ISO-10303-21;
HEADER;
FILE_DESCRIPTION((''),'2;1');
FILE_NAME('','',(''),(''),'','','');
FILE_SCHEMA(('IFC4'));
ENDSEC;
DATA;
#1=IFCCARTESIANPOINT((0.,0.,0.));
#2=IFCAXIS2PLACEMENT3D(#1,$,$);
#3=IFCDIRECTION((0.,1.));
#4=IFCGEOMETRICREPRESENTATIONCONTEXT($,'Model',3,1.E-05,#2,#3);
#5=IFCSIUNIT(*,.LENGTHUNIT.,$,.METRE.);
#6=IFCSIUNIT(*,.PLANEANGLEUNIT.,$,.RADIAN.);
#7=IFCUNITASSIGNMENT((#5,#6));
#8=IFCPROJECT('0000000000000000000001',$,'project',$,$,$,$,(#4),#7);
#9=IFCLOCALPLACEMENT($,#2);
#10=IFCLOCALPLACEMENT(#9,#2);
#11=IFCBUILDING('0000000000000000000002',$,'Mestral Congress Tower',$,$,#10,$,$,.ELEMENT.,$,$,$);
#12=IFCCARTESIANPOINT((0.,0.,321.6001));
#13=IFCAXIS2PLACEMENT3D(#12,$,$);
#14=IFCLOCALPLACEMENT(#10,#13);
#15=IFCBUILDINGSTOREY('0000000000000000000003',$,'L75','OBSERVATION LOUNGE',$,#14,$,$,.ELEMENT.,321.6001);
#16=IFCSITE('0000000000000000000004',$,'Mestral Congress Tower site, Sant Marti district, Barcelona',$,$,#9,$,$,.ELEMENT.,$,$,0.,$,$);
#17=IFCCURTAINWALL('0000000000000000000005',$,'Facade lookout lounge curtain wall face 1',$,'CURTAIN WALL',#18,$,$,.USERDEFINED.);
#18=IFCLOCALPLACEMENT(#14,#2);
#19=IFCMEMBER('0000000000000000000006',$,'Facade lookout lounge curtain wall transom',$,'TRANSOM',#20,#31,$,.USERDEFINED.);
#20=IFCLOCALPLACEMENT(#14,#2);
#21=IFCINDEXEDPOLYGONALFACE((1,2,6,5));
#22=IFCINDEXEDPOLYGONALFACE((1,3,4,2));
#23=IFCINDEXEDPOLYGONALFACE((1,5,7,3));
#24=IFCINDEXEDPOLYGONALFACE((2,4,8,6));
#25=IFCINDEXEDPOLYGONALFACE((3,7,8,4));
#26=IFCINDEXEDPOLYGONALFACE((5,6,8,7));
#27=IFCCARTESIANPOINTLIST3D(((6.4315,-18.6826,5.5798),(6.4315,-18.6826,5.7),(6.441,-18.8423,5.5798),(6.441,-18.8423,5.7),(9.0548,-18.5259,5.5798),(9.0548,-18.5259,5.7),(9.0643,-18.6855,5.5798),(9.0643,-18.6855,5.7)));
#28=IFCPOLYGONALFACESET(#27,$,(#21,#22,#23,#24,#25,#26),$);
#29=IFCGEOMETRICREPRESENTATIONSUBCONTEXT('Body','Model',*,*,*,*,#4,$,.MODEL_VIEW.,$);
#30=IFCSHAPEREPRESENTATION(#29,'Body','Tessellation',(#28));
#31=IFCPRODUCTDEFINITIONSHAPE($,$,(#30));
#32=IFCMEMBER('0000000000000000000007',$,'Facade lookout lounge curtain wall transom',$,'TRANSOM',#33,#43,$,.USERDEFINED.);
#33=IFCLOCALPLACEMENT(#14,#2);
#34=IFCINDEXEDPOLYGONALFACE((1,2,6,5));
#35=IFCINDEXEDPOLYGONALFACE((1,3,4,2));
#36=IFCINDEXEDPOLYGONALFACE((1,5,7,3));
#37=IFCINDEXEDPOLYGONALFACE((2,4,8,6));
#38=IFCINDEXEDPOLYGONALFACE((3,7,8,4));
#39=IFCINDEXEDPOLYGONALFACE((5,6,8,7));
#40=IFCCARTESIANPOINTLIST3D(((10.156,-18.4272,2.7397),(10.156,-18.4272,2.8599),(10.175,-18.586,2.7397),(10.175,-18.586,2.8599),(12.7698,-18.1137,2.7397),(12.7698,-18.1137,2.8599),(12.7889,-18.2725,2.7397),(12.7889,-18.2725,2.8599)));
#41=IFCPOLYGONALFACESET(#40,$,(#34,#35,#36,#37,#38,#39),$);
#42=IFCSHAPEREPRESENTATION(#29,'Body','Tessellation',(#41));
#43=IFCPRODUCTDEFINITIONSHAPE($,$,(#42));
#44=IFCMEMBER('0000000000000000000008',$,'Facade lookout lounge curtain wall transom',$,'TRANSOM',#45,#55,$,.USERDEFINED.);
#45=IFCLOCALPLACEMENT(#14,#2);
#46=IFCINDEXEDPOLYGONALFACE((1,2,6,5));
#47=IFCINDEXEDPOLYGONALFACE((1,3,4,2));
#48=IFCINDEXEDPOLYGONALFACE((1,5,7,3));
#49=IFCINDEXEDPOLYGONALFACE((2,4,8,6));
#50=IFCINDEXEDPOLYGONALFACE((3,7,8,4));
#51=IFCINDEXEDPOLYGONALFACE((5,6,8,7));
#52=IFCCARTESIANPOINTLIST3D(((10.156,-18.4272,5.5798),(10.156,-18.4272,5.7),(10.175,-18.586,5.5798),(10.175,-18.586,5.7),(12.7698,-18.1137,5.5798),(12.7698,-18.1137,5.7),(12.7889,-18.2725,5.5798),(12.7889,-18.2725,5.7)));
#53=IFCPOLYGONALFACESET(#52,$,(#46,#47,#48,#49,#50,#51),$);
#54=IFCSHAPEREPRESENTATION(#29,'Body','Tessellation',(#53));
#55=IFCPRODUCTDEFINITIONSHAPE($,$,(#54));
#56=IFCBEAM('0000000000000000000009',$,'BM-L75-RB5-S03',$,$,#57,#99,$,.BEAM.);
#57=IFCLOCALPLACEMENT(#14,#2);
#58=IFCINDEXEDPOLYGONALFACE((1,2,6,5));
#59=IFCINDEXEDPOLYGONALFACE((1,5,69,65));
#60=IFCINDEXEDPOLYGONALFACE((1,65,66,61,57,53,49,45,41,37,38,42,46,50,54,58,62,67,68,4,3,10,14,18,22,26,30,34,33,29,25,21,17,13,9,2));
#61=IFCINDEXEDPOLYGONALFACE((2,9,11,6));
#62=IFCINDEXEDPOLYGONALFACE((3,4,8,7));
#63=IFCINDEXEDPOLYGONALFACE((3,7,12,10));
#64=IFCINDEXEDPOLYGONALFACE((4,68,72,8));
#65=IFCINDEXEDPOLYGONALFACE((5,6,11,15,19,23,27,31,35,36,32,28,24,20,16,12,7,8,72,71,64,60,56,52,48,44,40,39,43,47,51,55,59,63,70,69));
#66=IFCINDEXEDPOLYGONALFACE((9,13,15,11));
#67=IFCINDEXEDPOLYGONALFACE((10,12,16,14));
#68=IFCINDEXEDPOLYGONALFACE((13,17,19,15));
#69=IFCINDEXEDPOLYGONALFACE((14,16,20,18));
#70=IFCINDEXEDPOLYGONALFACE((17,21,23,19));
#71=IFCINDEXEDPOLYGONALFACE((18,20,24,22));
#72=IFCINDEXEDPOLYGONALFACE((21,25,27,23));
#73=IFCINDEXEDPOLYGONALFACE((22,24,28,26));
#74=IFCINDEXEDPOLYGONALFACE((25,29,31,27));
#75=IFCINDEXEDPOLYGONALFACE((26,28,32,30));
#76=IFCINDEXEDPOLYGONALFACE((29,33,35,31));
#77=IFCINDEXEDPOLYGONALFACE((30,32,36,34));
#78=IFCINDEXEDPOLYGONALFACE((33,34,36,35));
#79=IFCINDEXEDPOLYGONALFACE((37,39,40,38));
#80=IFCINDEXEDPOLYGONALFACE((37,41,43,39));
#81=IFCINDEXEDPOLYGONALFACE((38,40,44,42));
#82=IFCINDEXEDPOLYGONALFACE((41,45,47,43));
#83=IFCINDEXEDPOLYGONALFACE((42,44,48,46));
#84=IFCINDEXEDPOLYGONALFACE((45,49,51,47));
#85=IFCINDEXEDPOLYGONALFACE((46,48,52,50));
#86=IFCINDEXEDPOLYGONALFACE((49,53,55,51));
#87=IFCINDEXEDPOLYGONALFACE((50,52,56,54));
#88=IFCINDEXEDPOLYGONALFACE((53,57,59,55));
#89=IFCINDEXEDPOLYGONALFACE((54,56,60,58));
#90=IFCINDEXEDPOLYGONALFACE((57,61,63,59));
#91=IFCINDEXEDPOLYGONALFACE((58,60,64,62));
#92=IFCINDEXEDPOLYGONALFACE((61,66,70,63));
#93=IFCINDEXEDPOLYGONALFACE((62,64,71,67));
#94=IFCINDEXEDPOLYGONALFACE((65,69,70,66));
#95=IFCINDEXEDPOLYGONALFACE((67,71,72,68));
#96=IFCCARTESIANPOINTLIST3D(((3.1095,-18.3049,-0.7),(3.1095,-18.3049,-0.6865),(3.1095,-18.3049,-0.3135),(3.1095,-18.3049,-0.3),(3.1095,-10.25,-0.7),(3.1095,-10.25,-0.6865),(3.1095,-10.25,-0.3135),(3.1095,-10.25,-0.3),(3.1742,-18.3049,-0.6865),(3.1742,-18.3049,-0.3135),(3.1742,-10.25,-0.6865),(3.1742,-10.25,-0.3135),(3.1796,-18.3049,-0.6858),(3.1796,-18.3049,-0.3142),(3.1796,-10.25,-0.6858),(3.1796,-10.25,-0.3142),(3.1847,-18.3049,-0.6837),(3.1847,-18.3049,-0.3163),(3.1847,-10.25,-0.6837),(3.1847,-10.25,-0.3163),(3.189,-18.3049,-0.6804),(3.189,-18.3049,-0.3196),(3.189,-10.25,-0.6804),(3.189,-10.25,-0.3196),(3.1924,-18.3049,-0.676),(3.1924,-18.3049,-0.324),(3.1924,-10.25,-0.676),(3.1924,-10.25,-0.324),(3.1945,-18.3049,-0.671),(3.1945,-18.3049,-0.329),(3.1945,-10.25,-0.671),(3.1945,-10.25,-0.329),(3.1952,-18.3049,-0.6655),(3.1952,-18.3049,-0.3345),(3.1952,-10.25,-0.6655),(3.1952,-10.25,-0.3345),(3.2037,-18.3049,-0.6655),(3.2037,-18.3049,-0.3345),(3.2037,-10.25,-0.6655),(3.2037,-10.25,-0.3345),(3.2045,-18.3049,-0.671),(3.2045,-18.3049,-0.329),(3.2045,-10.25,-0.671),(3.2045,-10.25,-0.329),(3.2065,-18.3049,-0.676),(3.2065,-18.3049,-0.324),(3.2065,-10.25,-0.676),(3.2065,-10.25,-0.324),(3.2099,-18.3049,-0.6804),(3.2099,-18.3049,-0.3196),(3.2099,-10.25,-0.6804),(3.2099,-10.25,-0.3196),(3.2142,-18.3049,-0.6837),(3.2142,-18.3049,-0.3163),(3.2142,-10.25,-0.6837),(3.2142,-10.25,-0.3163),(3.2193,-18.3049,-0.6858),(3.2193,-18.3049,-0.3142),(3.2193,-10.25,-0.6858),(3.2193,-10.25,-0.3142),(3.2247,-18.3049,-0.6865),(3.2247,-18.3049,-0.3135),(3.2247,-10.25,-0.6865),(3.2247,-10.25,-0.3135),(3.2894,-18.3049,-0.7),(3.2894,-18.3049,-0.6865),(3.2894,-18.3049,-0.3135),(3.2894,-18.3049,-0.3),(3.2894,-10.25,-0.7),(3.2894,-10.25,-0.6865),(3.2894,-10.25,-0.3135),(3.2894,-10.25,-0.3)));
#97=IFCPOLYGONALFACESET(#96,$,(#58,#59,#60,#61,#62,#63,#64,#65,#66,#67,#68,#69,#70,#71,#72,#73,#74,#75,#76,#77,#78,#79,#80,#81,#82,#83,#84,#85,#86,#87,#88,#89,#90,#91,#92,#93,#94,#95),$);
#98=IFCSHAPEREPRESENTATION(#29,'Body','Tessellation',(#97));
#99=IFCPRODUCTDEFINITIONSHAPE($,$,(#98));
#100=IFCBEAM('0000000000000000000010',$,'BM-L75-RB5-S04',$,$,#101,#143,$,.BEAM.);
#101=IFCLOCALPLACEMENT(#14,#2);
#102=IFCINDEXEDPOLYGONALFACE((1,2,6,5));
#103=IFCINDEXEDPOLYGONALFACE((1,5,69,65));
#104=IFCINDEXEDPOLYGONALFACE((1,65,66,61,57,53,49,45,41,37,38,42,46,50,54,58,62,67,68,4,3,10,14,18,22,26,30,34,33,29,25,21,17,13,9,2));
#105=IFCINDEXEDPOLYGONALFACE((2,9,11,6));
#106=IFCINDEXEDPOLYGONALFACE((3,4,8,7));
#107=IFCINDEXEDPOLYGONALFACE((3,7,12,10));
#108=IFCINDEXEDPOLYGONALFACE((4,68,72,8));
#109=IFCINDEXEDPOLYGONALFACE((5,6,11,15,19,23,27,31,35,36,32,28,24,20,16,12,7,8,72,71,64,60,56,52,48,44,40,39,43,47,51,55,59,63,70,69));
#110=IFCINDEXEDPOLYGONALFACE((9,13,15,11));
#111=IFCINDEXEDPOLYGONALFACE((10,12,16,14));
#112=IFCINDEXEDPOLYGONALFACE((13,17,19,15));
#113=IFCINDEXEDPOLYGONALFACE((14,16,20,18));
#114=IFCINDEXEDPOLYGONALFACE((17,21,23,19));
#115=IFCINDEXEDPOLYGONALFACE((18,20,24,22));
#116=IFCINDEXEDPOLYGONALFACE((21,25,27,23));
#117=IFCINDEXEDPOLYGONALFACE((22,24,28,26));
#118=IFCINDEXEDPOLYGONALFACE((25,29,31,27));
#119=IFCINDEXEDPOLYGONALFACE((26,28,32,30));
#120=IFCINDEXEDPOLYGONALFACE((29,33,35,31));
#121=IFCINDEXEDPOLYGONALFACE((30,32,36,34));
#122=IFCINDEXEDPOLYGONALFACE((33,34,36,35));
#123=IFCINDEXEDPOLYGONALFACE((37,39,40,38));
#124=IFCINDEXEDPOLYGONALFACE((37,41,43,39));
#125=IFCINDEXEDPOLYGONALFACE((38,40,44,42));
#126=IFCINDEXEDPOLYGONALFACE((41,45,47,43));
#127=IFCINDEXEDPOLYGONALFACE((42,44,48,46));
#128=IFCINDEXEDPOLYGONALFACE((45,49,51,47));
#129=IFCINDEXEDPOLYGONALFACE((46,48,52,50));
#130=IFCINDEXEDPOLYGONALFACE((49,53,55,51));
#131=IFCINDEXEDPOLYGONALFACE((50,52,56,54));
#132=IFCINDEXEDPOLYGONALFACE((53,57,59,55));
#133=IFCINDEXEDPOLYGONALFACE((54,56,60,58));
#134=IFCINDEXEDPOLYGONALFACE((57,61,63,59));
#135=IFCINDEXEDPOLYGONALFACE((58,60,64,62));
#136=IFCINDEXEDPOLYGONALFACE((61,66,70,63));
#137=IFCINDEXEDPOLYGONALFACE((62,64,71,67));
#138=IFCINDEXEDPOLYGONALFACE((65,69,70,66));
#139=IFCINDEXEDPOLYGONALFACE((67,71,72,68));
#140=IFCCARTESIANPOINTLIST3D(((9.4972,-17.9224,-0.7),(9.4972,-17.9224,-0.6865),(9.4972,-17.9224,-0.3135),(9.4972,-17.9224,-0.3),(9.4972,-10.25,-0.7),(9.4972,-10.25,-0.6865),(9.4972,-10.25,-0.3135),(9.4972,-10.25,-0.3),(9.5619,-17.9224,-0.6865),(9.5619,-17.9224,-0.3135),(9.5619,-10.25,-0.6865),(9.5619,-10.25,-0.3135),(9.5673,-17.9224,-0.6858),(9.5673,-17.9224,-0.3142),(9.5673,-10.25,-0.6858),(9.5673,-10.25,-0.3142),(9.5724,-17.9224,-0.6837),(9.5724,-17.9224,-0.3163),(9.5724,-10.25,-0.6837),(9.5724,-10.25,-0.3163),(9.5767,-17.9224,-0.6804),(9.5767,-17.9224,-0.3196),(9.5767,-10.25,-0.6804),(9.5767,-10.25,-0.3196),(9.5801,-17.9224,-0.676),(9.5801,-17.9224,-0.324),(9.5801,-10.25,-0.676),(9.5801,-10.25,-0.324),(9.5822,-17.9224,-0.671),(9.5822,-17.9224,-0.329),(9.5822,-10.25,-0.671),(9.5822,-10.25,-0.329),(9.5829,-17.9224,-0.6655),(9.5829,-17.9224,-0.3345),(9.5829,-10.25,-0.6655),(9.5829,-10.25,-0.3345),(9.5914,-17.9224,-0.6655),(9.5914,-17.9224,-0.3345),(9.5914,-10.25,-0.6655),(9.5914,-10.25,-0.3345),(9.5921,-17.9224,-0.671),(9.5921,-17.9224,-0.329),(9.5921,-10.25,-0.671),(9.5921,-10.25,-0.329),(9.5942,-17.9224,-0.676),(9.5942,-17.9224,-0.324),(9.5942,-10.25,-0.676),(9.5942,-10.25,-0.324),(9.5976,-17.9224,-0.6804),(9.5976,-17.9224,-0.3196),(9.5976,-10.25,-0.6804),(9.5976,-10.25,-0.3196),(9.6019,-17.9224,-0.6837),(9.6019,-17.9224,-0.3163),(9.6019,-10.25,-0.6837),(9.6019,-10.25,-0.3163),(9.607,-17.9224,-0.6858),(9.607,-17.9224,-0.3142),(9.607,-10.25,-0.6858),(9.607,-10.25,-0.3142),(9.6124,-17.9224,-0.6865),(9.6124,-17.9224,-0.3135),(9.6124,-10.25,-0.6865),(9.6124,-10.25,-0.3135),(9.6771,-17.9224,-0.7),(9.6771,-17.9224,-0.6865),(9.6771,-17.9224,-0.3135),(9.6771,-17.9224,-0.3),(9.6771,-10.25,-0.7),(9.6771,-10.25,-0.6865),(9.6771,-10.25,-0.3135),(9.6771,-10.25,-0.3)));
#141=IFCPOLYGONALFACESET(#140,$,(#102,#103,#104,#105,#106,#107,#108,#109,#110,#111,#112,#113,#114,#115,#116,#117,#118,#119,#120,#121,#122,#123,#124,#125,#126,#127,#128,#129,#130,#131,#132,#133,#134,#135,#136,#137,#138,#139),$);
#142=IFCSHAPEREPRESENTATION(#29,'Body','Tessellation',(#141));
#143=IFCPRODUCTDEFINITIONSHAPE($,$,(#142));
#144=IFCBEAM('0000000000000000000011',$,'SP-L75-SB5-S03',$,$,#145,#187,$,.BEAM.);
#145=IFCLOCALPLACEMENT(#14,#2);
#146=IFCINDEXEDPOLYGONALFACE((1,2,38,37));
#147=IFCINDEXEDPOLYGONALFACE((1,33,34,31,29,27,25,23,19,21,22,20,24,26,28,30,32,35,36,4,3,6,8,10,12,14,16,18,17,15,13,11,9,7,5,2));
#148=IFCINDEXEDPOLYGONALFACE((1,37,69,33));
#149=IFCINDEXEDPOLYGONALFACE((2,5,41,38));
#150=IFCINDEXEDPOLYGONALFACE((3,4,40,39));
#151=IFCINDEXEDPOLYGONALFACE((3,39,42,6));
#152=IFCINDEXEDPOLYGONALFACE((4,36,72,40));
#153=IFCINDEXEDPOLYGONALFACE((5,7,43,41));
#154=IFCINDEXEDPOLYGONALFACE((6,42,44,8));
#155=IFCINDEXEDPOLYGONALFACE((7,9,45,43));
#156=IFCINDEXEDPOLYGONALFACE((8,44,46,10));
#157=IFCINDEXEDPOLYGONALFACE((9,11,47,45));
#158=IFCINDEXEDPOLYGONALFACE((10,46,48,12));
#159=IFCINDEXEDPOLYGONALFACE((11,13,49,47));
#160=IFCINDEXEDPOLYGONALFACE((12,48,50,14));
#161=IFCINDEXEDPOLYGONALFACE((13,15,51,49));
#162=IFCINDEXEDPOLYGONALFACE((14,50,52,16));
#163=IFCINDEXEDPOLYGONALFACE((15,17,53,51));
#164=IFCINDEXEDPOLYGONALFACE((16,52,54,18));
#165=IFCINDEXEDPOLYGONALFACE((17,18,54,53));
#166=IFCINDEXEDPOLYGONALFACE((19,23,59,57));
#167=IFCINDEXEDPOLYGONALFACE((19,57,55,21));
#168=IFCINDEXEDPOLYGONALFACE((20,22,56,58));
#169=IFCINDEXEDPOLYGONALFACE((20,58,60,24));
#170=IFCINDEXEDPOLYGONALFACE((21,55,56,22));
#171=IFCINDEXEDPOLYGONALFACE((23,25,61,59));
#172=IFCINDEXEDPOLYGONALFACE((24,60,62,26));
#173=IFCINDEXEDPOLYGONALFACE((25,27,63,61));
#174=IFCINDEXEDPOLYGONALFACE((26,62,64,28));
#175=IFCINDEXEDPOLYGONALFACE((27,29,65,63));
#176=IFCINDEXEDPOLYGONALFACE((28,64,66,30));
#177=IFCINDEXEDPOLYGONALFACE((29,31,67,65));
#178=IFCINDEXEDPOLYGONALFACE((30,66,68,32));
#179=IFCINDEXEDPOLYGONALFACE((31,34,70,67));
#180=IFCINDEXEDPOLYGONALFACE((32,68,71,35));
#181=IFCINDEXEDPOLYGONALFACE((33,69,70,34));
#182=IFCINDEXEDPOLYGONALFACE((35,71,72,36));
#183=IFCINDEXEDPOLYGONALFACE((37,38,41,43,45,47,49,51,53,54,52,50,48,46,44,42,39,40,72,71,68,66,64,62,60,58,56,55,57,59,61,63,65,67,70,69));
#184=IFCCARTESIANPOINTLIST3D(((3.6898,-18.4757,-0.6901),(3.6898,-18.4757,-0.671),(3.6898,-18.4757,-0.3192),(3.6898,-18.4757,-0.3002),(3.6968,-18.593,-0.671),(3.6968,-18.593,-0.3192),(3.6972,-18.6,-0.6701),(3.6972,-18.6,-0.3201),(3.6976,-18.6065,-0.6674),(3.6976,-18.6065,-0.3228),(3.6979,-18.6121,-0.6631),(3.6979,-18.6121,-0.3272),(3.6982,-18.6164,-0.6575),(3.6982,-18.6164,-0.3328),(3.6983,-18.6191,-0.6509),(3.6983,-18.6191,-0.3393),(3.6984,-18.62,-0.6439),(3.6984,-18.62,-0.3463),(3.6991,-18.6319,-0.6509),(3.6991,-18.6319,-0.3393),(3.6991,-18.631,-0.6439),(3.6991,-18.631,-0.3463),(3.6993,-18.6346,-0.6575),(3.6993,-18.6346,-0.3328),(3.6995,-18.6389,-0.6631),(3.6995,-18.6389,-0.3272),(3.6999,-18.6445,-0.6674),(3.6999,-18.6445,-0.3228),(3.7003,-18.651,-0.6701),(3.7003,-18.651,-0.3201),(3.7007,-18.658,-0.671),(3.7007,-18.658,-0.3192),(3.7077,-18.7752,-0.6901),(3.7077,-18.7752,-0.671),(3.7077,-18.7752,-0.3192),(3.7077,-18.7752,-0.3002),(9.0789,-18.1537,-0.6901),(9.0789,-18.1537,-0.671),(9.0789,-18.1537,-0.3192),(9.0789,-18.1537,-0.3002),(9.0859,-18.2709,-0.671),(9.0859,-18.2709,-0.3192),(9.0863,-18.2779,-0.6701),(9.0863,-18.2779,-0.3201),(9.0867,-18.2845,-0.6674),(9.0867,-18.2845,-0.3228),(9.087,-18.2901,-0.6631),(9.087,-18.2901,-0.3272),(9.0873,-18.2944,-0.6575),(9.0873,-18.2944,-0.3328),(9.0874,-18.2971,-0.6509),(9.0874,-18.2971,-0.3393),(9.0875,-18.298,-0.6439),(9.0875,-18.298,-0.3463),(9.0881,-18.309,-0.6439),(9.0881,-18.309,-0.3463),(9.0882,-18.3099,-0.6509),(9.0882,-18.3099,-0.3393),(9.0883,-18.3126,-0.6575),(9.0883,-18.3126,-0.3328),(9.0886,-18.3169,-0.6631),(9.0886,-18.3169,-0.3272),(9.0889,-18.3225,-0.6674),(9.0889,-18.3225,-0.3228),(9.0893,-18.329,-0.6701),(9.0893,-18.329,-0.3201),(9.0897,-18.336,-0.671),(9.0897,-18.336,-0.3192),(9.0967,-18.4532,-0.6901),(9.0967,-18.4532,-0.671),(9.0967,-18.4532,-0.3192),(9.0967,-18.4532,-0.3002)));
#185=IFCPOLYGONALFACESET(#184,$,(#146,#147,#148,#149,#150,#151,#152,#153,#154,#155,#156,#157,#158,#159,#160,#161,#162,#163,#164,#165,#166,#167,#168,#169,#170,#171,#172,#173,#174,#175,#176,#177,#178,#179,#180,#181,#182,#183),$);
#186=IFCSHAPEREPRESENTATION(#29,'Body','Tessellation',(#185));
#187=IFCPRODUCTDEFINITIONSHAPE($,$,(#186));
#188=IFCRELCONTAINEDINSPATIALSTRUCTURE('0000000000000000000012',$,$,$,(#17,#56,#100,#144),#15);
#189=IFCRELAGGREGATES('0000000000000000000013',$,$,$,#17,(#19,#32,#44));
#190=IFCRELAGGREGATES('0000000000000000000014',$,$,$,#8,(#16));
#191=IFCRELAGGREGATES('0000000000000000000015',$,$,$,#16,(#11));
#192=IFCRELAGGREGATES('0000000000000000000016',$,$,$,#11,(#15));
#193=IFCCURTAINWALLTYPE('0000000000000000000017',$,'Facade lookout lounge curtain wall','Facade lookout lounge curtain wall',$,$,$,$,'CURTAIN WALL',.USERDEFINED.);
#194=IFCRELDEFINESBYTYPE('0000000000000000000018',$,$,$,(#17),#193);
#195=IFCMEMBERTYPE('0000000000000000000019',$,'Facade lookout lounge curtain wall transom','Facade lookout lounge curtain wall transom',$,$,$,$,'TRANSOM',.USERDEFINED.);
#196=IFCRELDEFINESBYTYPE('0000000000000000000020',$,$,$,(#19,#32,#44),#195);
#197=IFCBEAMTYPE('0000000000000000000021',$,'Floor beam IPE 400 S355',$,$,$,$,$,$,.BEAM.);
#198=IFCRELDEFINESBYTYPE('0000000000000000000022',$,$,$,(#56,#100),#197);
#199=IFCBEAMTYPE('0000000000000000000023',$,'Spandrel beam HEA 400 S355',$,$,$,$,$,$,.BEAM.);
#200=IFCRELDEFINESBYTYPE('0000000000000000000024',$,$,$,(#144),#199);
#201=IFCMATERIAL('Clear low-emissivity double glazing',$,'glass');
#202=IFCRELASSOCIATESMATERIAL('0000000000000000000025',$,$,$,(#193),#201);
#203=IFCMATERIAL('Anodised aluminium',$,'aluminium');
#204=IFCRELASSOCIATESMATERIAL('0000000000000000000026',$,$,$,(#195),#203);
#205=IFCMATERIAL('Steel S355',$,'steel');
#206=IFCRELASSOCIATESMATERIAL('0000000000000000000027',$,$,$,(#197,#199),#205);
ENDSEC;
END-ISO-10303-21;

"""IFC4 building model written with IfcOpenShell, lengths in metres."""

from ifc_helpers import new_model, si_unit, direction, frame, origin, origin_2d, place, context, subcontext, project, spatial, rectangle, i_section, extrude, material, material_profile, profile_set, type_object, element, aggregate, save


model = new_model("IFC4")

# Units and contexts
model_context = context("Model", 3, precision=1e-05, world=origin(), true_north=direction((0.0, 1.0)))
body_context = subcontext(model_context, "Body", "Model", "MODEL_VIEW")
ifc_project = project(units=[si_unit("LENGTHUNIT", "METRE"), si_unit("PLANEANGLEUNIT", "RADIAN")], contexts=[model_context])

# Site, building, storey
site_placement = place(None, origin())
site = spatial("IfcSite", under=ifc_project, at=site_placement, Name="Mestral Congress Tower site, Sant Marti district, Barcelona", CompositionType="ELEMENT", RefElevation=0.0)
building_placement = place(site_placement, origin())
building = spatial("IfcBuilding", under=site, at=building_placement, Name="Mestral Congress Tower", CompositionType="ELEMENT")
storey_placement = place(building_placement, frame((0.0, 0.0, 321.6001)))
storey = spatial("IfcBuildingStorey", under=building, at=storey_placement, Name="L75", Description="OBSERVATION LOUNGE", CompositionType="ELEMENT", Elevation=321.6001)

# Curtain wall, members
ifc_material_1 = material(Name="Clear low-emissivity double glazing", Category="glass")
curtain_wall_type = type_object("IfcCurtainWallType", Name="Facade lookout lounge curtain wall", Description="Facade lookout lounge curtain wall", ElementType="CURTAIN WALL", PredefinedType="USERDEFINED", material=ifc_material_1)
curtain_wall_placement = place(storey_placement, origin())
curtain_wall = element("IfcCurtainWall", 1, at=curtain_wall_placement, inside=storey, type_object=curtain_wall_type, Name="Facade lookout lounge curtain wall face 1", ObjectType="CURTAIN WALL", PredefinedType="USERDEFINED")
ifc_material_2 = material(Name="Anodised aluminium", Category="aluminium")
ifc_material_profile_1 = material_profile(ifc_material_2, rectangle(XDim=0.1599, YDim=0.1201, at=origin_2d()), Name="CW2 transom 160 x 120")
ifc_profile_set_1 = profile_set([ifc_material_profile_1], Name="Anodised aluminium")
member_type_1 = type_object("IfcMemberType", Name="Facade lookout lounge curtain wall transom", Description="Facade lookout lounge curtain wall transom", ElementType="TRANSOM", PredefinedType="USERDEFINED", material=ifc_profile_set_1)
member_1_placement = place(storey_placement, frame((6.4363, -18.7625, 5.6399), z_axis=(0.99822, 0.059642, 0.0), x_axis=(-0.059642, 0.99822, 0.0)))
member_1 = element("IfcMember", 2, at=member_1_placement, type_object=member_type_1, Name="Facade lookout lounge curtain wall transom", ObjectType="TRANSOM", PredefinedType="USERDEFINED", context=body_context, shape_type="SweptSolid", body=[
    extrude(rectangle(XDim=0.1599, YDim=0.1201, at=origin_2d()), origin(), (0.0, 0.0, 1.0), 2.6279),
])
member_2_placement = place(storey_placement, frame((10.1655, -18.5066, 2.7998), z_axis=(0.992885, 0.119079, 0.0), x_axis=(-0.119079, 0.992885, 0.0)))
member_2 = element("IfcMember", 3, at=member_2_placement, type_object=member_type_1, Name="Facade lookout lounge curtain wall transom", ObjectType="TRANSOM", PredefinedType="USERDEFINED", context=body_context, shape_type="SweptSolid", body=[
    extrude(rectangle(XDim=0.1599, YDim=0.1201, at=origin_2d()), origin(), (0.0, 0.0, 1.0), 2.6326),
])
member_3_placement = place(storey_placement, frame((10.1655, -18.5066, 5.6399), z_axis=(0.992885, 0.119079, 0.0), x_axis=(-0.119079, 0.992885, 0.0)))
member_3 = element("IfcMember", 4, at=member_3_placement, type_object=member_type_1, Name="Facade lookout lounge curtain wall transom", ObjectType="TRANSOM", PredefinedType="USERDEFINED", context=body_context, shape_type="SweptSolid", body=[
    extrude(rectangle(XDim=0.1599, YDim=0.1201, at=origin_2d()), origin(), (0.0, 0.0, 1.0), 2.6326),
])

# Beams
ifc_material_3 = material(Name="Steel S355", Category="steel")
ifc_material_profile_2 = material_profile(ifc_material_3, i_section(OverallWidth=0.1799, OverallDepth=0.3999, WebThickness=0.0085, FlangeThickness=0.0134, FilletRadius=0.021, at=origin_2d()), Name="IPE 400")
ifc_profile_set_2 = profile_set([ifc_material_profile_2], Name="Steel S355")
beam_type_1 = type_object("IfcBeamType", Name="Floor beam IPE 400 S355", PredefinedType="BEAM", material=ifc_profile_set_2)
beam_1_placement = place(storey_placement, frame((3.1995, -18.3049, -0.5), z_axis=(0.0, 1.0, 0.0), x_axis=(-1.0, 0.0, 0.0)))
element("IfcBeam", 5, at=beam_1_placement, inside=storey, type_object=beam_type_1, Name="BM-L75-RB5-S03", PredefinedType="BEAM", context=body_context, shape_type="SweptSolid", body=[
    extrude(i_section(OverallWidth=0.1799, OverallDepth=0.3999, WebThickness=0.0085, FlangeThickness=0.0134, FilletRadius=0.021, at=origin_2d()), origin(), (0.0, 0.0, 1.0), 8.0549),
])
beam_2_placement = place(storey_placement, frame((9.5872, -17.9224, -0.5), z_axis=(0.0, 1.0, 0.0), x_axis=(-1.0, 0.0, 0.0)))
element("IfcBeam", 6, at=beam_2_placement, inside=storey, type_object=beam_type_1, Name="BM-L75-RB5-S04", PredefinedType="BEAM", context=body_context, shape_type="SweptSolid", body=[
    extrude(i_section(OverallWidth=0.1799, OverallDepth=0.3999, WebThickness=0.0085, FlangeThickness=0.0134, FilletRadius=0.021, at=origin_2d()), origin(), (0.0, 0.0, 1.0), 7.6724),
])
ifc_material_profile_3 = material_profile(ifc_material_3, i_section(OverallWidth=0.3, OverallDepth=0.3899, WebThickness=0.011, FlangeThickness=0.019, FilletRadius=0.0271, at=origin_2d()), Name="HEA 400")
ifc_profile_set_3 = profile_set([ifc_material_profile_3], Name="Steel S355")
beam_type_2 = type_object("IfcBeamType", Name="Spandrel beam HEA 400 S355", PredefinedType="BEAM", material=ifc_profile_set_3)
beam_3_placement = place(storey_placement, frame((3.6987, -18.6255, -0.4951), z_axis=(0.99822, 0.059647, 0.0), x_axis=(-0.059647, 0.99822, 0.0)))
element("IfcBeam", 7, at=beam_3_placement, inside=storey, type_object=beam_type_2, Name="SP-L75-SB5-S03", PredefinedType="BEAM", context=body_context, shape_type="SweptSolid", body=[
    extrude(i_section(OverallWidth=0.3, OverallDepth=0.3899, WebThickness=0.011, FlangeThickness=0.019, FilletRadius=0.0271, at=origin_2d()), origin(), (0.0, 0.0, 1.0), 5.3987),
])

aggregate(curtain_wall, [member_1, member_2, member_3])

save(model, "model.ifc")
